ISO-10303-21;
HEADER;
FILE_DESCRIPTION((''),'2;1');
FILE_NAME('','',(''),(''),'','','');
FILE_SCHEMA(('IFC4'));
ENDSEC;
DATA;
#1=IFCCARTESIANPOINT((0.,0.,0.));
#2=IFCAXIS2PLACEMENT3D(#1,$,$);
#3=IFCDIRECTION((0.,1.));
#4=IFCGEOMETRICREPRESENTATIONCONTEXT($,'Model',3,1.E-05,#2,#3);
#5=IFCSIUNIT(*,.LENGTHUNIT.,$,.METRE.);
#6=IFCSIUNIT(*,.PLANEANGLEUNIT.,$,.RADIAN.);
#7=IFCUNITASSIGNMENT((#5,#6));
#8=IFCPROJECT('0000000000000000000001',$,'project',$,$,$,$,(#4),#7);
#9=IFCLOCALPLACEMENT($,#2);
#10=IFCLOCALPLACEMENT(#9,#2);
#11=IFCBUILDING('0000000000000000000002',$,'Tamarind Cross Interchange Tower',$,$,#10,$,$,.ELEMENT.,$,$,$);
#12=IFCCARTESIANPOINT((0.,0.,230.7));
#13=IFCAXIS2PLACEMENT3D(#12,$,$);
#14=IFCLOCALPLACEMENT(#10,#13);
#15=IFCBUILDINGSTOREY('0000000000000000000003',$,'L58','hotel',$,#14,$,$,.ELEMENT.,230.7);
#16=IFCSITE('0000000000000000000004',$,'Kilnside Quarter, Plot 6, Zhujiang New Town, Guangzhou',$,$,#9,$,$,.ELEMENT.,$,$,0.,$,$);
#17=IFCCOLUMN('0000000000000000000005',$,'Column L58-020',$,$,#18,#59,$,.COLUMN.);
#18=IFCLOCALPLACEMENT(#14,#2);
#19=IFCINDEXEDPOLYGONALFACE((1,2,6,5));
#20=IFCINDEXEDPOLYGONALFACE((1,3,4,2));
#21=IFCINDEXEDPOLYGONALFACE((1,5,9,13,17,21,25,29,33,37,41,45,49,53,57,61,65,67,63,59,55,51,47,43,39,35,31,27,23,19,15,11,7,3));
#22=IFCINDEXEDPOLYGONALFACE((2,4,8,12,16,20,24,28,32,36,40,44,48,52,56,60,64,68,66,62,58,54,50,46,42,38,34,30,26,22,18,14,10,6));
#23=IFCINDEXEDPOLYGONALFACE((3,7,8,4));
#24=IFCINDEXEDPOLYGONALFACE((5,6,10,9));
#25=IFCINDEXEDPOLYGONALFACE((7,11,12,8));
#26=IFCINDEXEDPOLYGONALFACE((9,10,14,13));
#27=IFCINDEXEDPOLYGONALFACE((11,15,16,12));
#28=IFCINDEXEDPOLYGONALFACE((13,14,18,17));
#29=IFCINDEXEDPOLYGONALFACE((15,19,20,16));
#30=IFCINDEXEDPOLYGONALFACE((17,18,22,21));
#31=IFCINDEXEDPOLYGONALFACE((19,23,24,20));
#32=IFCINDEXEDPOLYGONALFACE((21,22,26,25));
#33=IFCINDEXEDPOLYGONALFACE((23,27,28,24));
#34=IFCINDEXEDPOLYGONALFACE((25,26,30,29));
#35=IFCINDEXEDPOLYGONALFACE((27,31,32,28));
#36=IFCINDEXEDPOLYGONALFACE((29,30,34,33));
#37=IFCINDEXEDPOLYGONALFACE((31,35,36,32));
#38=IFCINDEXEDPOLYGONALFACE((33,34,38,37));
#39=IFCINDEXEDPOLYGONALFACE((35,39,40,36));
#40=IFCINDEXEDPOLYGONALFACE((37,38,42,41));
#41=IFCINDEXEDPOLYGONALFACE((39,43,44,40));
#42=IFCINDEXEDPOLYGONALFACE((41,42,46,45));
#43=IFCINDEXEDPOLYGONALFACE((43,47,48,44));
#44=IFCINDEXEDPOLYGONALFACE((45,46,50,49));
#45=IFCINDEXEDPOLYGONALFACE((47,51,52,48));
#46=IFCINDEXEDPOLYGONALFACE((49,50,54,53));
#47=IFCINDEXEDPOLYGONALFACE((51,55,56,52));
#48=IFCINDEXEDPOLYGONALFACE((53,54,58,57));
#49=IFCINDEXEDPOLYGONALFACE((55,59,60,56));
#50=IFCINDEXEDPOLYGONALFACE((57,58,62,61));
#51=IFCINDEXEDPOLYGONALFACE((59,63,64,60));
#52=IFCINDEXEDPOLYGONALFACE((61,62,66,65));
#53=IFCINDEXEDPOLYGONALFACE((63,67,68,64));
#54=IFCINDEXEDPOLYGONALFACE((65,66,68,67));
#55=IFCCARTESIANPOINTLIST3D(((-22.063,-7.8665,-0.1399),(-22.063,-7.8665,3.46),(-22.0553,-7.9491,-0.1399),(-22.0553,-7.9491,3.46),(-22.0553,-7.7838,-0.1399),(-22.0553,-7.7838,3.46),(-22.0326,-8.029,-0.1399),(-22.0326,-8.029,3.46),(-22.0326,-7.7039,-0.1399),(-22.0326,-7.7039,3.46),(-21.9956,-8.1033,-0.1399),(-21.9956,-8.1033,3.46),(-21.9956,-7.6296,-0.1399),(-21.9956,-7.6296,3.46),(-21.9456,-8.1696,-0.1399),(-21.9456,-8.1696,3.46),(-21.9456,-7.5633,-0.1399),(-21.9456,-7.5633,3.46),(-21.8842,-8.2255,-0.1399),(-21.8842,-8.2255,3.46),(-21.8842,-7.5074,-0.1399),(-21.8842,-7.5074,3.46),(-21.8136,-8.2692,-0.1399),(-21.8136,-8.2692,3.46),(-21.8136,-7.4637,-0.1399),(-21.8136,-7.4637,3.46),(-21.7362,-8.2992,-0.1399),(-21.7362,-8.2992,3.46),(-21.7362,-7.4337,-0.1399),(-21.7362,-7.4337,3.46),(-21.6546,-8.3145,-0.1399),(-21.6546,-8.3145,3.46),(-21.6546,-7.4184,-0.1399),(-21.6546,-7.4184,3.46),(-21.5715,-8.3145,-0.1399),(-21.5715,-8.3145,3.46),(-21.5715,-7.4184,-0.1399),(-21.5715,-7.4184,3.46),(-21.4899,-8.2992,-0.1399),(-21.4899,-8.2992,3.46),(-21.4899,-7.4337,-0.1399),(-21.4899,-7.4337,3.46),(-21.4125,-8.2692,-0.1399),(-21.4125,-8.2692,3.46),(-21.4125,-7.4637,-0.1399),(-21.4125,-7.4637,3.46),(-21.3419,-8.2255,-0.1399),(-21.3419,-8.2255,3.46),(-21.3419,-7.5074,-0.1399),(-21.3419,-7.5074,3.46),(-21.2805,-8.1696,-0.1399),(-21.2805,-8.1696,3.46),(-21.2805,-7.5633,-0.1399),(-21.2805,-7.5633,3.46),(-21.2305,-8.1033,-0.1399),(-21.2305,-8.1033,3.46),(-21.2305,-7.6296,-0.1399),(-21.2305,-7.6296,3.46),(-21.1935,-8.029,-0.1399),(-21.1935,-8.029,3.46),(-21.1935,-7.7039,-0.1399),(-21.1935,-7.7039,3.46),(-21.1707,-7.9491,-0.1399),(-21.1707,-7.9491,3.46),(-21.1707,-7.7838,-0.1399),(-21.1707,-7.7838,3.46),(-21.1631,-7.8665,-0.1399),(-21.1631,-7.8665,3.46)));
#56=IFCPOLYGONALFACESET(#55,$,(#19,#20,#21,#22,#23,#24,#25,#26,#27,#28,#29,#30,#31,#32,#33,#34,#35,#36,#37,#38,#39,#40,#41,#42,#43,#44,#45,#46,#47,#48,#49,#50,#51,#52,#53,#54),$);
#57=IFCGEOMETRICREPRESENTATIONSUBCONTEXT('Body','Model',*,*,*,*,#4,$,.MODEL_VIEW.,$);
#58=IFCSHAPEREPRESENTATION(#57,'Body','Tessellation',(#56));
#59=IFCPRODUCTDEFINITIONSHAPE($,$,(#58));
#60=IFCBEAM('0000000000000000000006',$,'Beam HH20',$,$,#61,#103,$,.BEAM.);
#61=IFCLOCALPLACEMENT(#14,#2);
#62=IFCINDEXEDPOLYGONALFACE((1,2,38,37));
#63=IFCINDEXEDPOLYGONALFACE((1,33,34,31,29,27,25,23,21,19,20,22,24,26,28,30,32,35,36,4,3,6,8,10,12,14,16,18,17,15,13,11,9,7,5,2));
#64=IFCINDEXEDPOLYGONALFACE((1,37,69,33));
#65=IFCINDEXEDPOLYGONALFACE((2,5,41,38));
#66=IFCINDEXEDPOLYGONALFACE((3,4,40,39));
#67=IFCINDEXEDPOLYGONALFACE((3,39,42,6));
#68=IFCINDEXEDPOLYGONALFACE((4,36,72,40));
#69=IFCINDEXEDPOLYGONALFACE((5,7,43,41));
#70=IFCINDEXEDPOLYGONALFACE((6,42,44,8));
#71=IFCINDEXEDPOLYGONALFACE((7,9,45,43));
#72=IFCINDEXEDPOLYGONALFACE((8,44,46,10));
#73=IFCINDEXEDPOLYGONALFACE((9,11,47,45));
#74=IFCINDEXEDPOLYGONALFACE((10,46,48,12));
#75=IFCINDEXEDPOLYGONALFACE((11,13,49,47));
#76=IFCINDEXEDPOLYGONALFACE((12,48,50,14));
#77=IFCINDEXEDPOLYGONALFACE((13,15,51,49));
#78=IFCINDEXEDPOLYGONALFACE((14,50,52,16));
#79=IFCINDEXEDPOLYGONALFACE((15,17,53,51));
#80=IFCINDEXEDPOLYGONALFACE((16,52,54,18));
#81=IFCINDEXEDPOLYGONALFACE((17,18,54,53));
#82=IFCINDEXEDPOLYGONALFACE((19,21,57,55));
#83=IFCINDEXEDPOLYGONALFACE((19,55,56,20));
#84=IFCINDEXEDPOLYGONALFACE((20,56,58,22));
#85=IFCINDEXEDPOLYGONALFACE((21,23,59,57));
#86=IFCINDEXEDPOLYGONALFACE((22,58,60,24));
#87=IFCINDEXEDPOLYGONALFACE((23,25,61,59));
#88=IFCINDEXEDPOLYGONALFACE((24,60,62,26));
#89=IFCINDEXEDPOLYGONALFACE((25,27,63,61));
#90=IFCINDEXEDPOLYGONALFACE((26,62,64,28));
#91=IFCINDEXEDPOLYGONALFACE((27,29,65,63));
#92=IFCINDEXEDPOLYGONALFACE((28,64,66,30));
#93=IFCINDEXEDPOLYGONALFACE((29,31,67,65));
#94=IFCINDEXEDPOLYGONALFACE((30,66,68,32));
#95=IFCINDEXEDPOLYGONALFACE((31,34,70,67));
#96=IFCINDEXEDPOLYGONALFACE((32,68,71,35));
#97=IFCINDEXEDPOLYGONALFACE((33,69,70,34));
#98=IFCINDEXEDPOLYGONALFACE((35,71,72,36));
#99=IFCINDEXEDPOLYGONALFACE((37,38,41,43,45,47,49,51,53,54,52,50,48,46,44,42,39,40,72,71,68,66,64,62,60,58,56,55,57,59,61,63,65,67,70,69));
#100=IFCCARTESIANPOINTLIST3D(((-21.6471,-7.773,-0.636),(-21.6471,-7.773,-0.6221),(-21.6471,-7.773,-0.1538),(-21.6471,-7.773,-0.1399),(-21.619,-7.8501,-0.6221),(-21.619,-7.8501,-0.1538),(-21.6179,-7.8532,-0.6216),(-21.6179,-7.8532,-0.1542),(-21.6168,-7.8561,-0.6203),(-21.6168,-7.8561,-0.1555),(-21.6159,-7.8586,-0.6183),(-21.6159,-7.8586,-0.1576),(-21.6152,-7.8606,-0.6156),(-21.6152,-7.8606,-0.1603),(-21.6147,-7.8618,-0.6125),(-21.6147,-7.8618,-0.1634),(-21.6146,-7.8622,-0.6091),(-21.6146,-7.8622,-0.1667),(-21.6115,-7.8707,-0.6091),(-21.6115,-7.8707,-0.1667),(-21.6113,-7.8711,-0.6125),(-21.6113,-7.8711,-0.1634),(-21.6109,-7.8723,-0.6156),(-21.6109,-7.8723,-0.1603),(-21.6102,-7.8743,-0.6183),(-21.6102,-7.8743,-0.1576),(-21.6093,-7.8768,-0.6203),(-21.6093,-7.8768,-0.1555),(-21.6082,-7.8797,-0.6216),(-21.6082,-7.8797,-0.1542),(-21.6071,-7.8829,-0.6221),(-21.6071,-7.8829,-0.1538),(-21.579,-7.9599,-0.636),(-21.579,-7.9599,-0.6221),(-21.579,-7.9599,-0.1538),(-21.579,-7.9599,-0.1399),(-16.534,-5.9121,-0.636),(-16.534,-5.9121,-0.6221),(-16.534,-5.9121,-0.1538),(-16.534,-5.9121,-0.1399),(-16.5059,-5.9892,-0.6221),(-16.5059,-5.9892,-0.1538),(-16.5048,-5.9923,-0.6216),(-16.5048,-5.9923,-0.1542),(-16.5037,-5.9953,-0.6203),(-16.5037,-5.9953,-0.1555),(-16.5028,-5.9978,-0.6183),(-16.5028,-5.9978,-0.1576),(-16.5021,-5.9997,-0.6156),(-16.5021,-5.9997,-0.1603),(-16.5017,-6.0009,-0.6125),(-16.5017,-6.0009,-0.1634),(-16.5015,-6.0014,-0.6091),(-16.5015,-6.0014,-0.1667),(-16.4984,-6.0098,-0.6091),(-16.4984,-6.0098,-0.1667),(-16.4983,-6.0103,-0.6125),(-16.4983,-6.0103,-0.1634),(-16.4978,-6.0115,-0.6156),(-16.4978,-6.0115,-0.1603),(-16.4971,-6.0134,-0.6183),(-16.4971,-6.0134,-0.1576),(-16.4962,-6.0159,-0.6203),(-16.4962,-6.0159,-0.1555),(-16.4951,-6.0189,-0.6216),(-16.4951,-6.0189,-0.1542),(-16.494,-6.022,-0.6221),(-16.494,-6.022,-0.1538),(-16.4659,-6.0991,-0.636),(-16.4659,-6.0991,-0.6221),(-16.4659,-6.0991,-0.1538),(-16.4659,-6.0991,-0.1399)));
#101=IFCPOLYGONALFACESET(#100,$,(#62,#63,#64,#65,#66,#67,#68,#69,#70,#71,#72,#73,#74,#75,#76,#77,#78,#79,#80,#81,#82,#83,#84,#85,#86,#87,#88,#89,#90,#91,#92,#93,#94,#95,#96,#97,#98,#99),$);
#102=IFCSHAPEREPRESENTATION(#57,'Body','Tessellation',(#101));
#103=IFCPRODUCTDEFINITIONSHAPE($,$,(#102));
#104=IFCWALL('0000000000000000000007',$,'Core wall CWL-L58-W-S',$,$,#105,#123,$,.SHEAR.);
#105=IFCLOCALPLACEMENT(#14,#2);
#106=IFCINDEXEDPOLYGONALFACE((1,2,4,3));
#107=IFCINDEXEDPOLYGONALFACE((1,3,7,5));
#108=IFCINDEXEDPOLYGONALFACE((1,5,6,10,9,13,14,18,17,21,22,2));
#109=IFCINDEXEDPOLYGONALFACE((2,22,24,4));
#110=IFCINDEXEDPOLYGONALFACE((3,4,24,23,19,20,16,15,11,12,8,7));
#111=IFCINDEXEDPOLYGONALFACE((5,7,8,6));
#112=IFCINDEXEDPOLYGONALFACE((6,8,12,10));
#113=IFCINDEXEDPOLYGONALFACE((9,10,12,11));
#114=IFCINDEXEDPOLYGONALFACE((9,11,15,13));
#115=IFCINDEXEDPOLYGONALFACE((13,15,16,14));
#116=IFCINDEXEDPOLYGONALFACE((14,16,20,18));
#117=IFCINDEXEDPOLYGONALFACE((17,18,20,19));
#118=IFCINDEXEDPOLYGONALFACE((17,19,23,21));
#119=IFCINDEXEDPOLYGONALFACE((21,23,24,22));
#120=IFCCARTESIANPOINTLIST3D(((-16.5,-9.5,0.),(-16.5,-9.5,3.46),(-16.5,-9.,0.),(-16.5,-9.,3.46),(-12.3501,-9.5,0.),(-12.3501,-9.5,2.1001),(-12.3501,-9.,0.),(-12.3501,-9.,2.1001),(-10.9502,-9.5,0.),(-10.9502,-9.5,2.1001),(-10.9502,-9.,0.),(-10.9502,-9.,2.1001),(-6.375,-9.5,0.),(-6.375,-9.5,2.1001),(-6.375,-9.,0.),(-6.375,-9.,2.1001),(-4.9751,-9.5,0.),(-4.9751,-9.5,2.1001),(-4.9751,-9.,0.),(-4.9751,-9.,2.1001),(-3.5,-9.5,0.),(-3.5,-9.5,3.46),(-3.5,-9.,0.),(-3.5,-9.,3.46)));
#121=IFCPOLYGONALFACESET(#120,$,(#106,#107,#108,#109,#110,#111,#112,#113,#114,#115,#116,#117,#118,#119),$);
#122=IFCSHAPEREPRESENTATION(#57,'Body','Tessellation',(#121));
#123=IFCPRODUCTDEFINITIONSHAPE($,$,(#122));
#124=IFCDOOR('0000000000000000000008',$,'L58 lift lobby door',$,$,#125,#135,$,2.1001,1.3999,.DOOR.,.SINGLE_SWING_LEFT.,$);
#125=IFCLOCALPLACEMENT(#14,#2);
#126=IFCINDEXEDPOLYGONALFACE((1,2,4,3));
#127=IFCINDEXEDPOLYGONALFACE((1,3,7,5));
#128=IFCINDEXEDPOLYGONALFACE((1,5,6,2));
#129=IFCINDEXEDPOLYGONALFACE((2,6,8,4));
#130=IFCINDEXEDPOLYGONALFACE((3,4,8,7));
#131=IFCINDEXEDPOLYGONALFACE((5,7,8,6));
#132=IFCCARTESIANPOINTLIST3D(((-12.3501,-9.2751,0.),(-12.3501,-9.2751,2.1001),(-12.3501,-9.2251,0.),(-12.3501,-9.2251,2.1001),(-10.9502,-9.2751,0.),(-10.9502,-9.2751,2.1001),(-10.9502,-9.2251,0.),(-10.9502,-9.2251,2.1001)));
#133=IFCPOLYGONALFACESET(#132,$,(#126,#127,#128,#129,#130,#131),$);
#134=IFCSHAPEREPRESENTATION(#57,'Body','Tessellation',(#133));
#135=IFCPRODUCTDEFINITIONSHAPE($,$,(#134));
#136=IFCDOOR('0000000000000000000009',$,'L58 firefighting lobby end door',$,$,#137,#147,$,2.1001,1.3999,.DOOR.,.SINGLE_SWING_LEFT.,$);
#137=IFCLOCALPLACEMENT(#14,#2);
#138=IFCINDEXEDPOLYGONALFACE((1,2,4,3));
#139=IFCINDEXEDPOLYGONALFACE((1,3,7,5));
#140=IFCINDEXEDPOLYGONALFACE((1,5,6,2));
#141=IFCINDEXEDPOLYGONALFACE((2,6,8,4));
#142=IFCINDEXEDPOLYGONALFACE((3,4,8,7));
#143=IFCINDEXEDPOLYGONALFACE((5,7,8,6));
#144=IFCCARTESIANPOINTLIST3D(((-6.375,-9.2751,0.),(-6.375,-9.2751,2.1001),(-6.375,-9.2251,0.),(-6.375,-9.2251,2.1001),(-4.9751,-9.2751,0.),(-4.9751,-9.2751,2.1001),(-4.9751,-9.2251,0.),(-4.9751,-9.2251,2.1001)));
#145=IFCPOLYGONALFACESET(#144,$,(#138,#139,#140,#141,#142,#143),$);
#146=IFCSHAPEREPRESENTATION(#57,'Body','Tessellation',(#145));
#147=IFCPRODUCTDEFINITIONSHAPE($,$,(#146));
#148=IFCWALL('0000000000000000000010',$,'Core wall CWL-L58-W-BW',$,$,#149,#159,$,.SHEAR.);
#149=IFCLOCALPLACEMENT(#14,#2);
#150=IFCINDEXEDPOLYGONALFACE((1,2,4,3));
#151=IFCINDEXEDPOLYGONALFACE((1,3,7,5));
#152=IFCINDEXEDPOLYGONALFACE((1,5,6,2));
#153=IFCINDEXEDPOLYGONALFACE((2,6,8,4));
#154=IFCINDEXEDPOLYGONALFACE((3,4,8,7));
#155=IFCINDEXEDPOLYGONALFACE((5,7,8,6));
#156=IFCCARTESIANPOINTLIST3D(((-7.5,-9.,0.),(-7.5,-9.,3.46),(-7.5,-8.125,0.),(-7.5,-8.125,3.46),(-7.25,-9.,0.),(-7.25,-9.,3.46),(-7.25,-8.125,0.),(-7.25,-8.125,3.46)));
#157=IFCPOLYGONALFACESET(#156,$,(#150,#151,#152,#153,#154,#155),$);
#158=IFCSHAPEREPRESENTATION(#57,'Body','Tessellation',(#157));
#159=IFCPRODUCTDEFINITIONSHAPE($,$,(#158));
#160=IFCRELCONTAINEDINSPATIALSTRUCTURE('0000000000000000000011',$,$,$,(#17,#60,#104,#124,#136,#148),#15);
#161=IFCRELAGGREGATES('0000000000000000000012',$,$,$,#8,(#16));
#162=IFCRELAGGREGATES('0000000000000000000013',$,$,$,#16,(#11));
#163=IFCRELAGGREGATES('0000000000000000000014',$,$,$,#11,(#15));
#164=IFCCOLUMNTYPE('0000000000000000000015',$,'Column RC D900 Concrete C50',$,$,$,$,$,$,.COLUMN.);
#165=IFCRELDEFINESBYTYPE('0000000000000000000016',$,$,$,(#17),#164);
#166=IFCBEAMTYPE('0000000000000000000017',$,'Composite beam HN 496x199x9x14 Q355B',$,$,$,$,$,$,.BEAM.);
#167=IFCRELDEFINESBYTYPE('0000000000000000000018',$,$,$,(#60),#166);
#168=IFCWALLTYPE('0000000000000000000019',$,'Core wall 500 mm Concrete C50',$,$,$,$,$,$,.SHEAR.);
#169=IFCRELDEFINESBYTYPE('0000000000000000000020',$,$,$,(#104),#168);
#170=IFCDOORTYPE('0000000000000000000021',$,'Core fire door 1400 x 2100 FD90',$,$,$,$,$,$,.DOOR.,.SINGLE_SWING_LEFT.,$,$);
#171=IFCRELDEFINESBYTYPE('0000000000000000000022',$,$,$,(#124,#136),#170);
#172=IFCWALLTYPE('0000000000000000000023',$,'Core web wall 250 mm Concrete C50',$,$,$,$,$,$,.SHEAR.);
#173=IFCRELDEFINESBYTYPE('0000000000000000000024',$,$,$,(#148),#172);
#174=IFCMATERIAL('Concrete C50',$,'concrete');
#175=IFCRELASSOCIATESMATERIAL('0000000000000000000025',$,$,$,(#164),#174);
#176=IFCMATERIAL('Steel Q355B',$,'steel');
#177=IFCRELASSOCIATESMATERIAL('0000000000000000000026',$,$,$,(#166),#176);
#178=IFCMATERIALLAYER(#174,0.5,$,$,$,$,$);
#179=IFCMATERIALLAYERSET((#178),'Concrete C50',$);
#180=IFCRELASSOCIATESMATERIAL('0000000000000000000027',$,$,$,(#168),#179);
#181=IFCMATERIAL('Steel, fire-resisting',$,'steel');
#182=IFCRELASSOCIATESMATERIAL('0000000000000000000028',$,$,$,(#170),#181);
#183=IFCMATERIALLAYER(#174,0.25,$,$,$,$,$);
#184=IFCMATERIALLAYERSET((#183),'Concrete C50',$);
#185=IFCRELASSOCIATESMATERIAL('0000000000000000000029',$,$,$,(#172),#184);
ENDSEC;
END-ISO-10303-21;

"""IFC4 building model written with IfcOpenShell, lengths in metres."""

from ifc_helpers import new_model, si_unit, direction, frame, frame_2d, origin, origin_2d, place, context, subcontext, project, spatial, rectangle, circle, i_section, extrude, material, layer, layer_set, material_profile, profile_set, type_object, element, fill, save


model = new_model("IFC4")

# Units and contexts
model_context = context("Model", 3, precision=1e-05, world=origin(), true_north=direction((0.0, 1.0)))
body_context = subcontext(model_context, "Body", "Model", "MODEL_VIEW")
ifc_project = project(units=[si_unit("LENGTHUNIT", "METRE"), si_unit("PLANEANGLEUNIT", "RADIAN")], contexts=[model_context])

# Site, building, storey
site_placement = place(None, origin())
site = spatial("IfcSite", under=ifc_project, at=site_placement, Name="Kilnside Quarter, Plot 6, Zhujiang New Town, Guangzhou", CompositionType="ELEMENT", RefElevation=0.0)
building_placement = place(site_placement, origin())
building = spatial("IfcBuilding", under=site, at=building_placement, Name="Tamarind Cross Interchange Tower", CompositionType="ELEMENT")
storey_placement = place(building_placement, frame((0.0, 0.0, 230.7)))
storey = spatial("IfcBuildingStorey", under=building, at=storey_placement, Name="L58", Description="hotel", CompositionType="ELEMENT", Elevation=230.7)

# Column
ifc_material_1 = material(Name="Concrete C50", Category="concrete")
ifc_material_profile_1 = material_profile(ifc_material_1, circle(Radius=0.45, at=origin_2d()), Name="RC D900")
ifc_profile_set_1 = profile_set([ifc_material_profile_1], Name="Concrete C50")
column_type = type_object("IfcColumnType", Name="Column RC D900 Concrete C50", PredefinedType="COLUMN", material=ifc_profile_set_1)
column_placement = place(storey_placement, frame((-21.613, -7.8665, -0.1399), z_axis=(0.0, 0.0, 1.0), x_axis=(1.0, 0.0, 0.0)))
element("IfcColumn", 1, at=column_placement, inside=storey, type_object=column_type, Name="Column L58-020", PredefinedType="COLUMN", context=body_context, shape_type="SweptSolid", body=[
    extrude(circle(Radius=0.45, at=origin_2d()), origin(), (0.0, 0.0, 1.0), 3.5999),
])

# Beam
ifc_material_2 = material(Name="Steel Q355B", Category="steel")
ifc_material_profile_2 = material_profile(ifc_material_2, i_section(OverallWidth=0.199, OverallDepth=0.4961, WebThickness=0.009, FlangeThickness=0.0139, FilletRadius=0.0129, at=origin_2d()), Name="HN 496x199x9x14")
ifc_profile_set_2 = profile_set([ifc_material_profile_2], Name="Steel Q355B")
beam_type = type_object("IfcBeamType", Name="Composite beam HN 496x199x9x14 Q355B", PredefinedType="BEAM", material=ifc_profile_set_2)
beam_placement = place(storey_placement, frame((-21.613, -7.8665, -0.3879), z_axis=(0.939702, 0.341995, 0.0), x_axis=(-0.341995, 0.939702, 0.0)))
element("IfcBeam", 2, at=beam_placement, inside=storey, type_object=beam_type, Name="Beam HH20", PredefinedType="BEAM", context=body_context, shape_type="SweptSolid", body=[
    extrude(i_section(OverallWidth=0.199, OverallDepth=0.4961, WebThickness=0.009, FlangeThickness=0.0139, FilletRadius=0.0129, at=origin_2d()), origin(), (0.0, 0.0, 1.0), 5.4412),
])

# Wall, openings, doors
ifc_layer_1 = layer(ifc_material_1, 0.5)
ifc_layer_set_1 = layer_set([ifc_layer_1], Name="Concrete C50")
wall_type_1 = type_object("IfcWallType", Name="Core wall 500 mm Concrete C50", PredefinedType="SHEAR", material=ifc_layer_set_1)
wall_1_placement = place(storey_placement, frame((-16.5, -9.25, 0.0), z_axis=(0.0, 0.0, 1.0), x_axis=(1.0, 0.0, 0.0)))
wall_1 = element("IfcWall", 3, at=wall_1_placement, inside=storey, type_object=wall_type_1, Name="Core wall CWL-L58-W-S", PredefinedType="SHEAR", context=body_context, shape_type="SweptSolid", body=[
    extrude(rectangle(XDim=13.0, YDim=0.5, at=frame_2d((6.5, 0.0))), origin(), (0.0, 0.0, 1.0), 3.46),
])
opening_1_placement = place(wall_1_placement, frame((4.1499, 0.0, 0.0)))
opening_1 = element("IfcOpeningElement", 4, at=opening_1_placement, cuts=wall_1, PredefinedType="OPENING", context=body_context, shape_type="SweptSolid", body=[
    extrude(rectangle(XDim=1.3999, YDim=2.1001, at=frame_2d((0.7, 1.05))), frame((0.0, 0.26, 0.0), z_axis=(0.0, -1.0, 0.0), x_axis=(1.0, 0.0, 0.0)), (0.0, 0.0, 1.0), 0.52),
])
opening_2_placement = place(wall_1_placement, frame((10.125, 0.0, 0.0)))
opening_2 = element("IfcOpeningElement", 5, at=opening_2_placement, cuts=wall_1, PredefinedType="OPENING", context=body_context, shape_type="SweptSolid", body=[
    extrude(rectangle(XDim=1.3999, YDim=2.1001, at=frame_2d((0.7, 1.05))), frame((0.0, 0.26, 0.0), z_axis=(0.0, -1.0, 0.0), x_axis=(1.0, 0.0, 0.0)), (0.0, 0.0, 1.0), 0.52),
])
ifc_material_3 = material(Name="Steel, fire-resisting", Category="steel")
door_type_1 = type_object("IfcDoorType", Name="Core fire door 1400 x 2100 FD90", OperationType="SINGLE_SWING_LEFT", PredefinedType="DOOR", material=ifc_material_3)
door_1_placement = place(opening_1_placement, origin())
door_1 = element("IfcDoor", 6, at=door_1_placement, inside=storey, type_object=door_type_1, Name="L58 lift lobby door", OperationType="SINGLE_SWING_LEFT", OverallHeight=2.1001, OverallWidth=1.3999, PredefinedType="DOOR", context=body_context, shape_type="SweptSolid", body=[
    extrude(rectangle(XDim=1.3999, YDim=2.1001, at=frame_2d((0.7, 1.05))), frame((0.0, 0.0249, 0.0), z_axis=(0.0, -1.0, 0.0), x_axis=(1.0, 0.0, 0.0)), (0.0, 0.0, 1.0), 0.05),
])
fill(opening_1, door_1)
door_2_placement = place(opening_2_placement, origin())
door_2 = element("IfcDoor", 7, at=door_2_placement, inside=storey, type_object=door_type_1, Name="L58 firefighting lobby end door", OperationType="SINGLE_SWING_LEFT", OverallHeight=2.1001, OverallWidth=1.3999, PredefinedType="DOOR", context=body_context, shape_type="SweptSolid", body=[
    extrude(rectangle(XDim=1.3999, YDim=2.1001, at=frame_2d((0.7, 1.05))), frame((0.0, 0.0249, 0.0), z_axis=(0.0, -1.0, 0.0), x_axis=(1.0, 0.0, 0.0)), (0.0, 0.0, 1.0), 0.05),
])
fill(opening_2, door_2)

# Wall
ifc_layer_2 = layer(ifc_material_1, 0.25)
ifc_layer_set_2 = layer_set([ifc_layer_2], Name="Concrete C50")
wall_type_2 = type_object("IfcWallType", Name="Core web wall 250 mm Concrete C50", PredefinedType="SHEAR", material=ifc_layer_set_2)
wall_2_placement = place(storey_placement, frame((-7.375, -9.0, 0.0), z_axis=(0.0, 0.0, 1.0), x_axis=(0.0, 1.0, 0.0)))
element("IfcWall", 8, at=wall_2_placement, inside=storey, type_object=wall_type_2, Name="Core wall CWL-L58-W-BW", PredefinedType="SHEAR", context=body_context, shape_type="SweptSolid", body=[
    extrude(rectangle(XDim=0.875, YDim=0.25, at=frame_2d((0.4375, 0.0))), origin(), (0.0, 0.0, 1.0), 3.46),
])

save(model, "model.ifc")
